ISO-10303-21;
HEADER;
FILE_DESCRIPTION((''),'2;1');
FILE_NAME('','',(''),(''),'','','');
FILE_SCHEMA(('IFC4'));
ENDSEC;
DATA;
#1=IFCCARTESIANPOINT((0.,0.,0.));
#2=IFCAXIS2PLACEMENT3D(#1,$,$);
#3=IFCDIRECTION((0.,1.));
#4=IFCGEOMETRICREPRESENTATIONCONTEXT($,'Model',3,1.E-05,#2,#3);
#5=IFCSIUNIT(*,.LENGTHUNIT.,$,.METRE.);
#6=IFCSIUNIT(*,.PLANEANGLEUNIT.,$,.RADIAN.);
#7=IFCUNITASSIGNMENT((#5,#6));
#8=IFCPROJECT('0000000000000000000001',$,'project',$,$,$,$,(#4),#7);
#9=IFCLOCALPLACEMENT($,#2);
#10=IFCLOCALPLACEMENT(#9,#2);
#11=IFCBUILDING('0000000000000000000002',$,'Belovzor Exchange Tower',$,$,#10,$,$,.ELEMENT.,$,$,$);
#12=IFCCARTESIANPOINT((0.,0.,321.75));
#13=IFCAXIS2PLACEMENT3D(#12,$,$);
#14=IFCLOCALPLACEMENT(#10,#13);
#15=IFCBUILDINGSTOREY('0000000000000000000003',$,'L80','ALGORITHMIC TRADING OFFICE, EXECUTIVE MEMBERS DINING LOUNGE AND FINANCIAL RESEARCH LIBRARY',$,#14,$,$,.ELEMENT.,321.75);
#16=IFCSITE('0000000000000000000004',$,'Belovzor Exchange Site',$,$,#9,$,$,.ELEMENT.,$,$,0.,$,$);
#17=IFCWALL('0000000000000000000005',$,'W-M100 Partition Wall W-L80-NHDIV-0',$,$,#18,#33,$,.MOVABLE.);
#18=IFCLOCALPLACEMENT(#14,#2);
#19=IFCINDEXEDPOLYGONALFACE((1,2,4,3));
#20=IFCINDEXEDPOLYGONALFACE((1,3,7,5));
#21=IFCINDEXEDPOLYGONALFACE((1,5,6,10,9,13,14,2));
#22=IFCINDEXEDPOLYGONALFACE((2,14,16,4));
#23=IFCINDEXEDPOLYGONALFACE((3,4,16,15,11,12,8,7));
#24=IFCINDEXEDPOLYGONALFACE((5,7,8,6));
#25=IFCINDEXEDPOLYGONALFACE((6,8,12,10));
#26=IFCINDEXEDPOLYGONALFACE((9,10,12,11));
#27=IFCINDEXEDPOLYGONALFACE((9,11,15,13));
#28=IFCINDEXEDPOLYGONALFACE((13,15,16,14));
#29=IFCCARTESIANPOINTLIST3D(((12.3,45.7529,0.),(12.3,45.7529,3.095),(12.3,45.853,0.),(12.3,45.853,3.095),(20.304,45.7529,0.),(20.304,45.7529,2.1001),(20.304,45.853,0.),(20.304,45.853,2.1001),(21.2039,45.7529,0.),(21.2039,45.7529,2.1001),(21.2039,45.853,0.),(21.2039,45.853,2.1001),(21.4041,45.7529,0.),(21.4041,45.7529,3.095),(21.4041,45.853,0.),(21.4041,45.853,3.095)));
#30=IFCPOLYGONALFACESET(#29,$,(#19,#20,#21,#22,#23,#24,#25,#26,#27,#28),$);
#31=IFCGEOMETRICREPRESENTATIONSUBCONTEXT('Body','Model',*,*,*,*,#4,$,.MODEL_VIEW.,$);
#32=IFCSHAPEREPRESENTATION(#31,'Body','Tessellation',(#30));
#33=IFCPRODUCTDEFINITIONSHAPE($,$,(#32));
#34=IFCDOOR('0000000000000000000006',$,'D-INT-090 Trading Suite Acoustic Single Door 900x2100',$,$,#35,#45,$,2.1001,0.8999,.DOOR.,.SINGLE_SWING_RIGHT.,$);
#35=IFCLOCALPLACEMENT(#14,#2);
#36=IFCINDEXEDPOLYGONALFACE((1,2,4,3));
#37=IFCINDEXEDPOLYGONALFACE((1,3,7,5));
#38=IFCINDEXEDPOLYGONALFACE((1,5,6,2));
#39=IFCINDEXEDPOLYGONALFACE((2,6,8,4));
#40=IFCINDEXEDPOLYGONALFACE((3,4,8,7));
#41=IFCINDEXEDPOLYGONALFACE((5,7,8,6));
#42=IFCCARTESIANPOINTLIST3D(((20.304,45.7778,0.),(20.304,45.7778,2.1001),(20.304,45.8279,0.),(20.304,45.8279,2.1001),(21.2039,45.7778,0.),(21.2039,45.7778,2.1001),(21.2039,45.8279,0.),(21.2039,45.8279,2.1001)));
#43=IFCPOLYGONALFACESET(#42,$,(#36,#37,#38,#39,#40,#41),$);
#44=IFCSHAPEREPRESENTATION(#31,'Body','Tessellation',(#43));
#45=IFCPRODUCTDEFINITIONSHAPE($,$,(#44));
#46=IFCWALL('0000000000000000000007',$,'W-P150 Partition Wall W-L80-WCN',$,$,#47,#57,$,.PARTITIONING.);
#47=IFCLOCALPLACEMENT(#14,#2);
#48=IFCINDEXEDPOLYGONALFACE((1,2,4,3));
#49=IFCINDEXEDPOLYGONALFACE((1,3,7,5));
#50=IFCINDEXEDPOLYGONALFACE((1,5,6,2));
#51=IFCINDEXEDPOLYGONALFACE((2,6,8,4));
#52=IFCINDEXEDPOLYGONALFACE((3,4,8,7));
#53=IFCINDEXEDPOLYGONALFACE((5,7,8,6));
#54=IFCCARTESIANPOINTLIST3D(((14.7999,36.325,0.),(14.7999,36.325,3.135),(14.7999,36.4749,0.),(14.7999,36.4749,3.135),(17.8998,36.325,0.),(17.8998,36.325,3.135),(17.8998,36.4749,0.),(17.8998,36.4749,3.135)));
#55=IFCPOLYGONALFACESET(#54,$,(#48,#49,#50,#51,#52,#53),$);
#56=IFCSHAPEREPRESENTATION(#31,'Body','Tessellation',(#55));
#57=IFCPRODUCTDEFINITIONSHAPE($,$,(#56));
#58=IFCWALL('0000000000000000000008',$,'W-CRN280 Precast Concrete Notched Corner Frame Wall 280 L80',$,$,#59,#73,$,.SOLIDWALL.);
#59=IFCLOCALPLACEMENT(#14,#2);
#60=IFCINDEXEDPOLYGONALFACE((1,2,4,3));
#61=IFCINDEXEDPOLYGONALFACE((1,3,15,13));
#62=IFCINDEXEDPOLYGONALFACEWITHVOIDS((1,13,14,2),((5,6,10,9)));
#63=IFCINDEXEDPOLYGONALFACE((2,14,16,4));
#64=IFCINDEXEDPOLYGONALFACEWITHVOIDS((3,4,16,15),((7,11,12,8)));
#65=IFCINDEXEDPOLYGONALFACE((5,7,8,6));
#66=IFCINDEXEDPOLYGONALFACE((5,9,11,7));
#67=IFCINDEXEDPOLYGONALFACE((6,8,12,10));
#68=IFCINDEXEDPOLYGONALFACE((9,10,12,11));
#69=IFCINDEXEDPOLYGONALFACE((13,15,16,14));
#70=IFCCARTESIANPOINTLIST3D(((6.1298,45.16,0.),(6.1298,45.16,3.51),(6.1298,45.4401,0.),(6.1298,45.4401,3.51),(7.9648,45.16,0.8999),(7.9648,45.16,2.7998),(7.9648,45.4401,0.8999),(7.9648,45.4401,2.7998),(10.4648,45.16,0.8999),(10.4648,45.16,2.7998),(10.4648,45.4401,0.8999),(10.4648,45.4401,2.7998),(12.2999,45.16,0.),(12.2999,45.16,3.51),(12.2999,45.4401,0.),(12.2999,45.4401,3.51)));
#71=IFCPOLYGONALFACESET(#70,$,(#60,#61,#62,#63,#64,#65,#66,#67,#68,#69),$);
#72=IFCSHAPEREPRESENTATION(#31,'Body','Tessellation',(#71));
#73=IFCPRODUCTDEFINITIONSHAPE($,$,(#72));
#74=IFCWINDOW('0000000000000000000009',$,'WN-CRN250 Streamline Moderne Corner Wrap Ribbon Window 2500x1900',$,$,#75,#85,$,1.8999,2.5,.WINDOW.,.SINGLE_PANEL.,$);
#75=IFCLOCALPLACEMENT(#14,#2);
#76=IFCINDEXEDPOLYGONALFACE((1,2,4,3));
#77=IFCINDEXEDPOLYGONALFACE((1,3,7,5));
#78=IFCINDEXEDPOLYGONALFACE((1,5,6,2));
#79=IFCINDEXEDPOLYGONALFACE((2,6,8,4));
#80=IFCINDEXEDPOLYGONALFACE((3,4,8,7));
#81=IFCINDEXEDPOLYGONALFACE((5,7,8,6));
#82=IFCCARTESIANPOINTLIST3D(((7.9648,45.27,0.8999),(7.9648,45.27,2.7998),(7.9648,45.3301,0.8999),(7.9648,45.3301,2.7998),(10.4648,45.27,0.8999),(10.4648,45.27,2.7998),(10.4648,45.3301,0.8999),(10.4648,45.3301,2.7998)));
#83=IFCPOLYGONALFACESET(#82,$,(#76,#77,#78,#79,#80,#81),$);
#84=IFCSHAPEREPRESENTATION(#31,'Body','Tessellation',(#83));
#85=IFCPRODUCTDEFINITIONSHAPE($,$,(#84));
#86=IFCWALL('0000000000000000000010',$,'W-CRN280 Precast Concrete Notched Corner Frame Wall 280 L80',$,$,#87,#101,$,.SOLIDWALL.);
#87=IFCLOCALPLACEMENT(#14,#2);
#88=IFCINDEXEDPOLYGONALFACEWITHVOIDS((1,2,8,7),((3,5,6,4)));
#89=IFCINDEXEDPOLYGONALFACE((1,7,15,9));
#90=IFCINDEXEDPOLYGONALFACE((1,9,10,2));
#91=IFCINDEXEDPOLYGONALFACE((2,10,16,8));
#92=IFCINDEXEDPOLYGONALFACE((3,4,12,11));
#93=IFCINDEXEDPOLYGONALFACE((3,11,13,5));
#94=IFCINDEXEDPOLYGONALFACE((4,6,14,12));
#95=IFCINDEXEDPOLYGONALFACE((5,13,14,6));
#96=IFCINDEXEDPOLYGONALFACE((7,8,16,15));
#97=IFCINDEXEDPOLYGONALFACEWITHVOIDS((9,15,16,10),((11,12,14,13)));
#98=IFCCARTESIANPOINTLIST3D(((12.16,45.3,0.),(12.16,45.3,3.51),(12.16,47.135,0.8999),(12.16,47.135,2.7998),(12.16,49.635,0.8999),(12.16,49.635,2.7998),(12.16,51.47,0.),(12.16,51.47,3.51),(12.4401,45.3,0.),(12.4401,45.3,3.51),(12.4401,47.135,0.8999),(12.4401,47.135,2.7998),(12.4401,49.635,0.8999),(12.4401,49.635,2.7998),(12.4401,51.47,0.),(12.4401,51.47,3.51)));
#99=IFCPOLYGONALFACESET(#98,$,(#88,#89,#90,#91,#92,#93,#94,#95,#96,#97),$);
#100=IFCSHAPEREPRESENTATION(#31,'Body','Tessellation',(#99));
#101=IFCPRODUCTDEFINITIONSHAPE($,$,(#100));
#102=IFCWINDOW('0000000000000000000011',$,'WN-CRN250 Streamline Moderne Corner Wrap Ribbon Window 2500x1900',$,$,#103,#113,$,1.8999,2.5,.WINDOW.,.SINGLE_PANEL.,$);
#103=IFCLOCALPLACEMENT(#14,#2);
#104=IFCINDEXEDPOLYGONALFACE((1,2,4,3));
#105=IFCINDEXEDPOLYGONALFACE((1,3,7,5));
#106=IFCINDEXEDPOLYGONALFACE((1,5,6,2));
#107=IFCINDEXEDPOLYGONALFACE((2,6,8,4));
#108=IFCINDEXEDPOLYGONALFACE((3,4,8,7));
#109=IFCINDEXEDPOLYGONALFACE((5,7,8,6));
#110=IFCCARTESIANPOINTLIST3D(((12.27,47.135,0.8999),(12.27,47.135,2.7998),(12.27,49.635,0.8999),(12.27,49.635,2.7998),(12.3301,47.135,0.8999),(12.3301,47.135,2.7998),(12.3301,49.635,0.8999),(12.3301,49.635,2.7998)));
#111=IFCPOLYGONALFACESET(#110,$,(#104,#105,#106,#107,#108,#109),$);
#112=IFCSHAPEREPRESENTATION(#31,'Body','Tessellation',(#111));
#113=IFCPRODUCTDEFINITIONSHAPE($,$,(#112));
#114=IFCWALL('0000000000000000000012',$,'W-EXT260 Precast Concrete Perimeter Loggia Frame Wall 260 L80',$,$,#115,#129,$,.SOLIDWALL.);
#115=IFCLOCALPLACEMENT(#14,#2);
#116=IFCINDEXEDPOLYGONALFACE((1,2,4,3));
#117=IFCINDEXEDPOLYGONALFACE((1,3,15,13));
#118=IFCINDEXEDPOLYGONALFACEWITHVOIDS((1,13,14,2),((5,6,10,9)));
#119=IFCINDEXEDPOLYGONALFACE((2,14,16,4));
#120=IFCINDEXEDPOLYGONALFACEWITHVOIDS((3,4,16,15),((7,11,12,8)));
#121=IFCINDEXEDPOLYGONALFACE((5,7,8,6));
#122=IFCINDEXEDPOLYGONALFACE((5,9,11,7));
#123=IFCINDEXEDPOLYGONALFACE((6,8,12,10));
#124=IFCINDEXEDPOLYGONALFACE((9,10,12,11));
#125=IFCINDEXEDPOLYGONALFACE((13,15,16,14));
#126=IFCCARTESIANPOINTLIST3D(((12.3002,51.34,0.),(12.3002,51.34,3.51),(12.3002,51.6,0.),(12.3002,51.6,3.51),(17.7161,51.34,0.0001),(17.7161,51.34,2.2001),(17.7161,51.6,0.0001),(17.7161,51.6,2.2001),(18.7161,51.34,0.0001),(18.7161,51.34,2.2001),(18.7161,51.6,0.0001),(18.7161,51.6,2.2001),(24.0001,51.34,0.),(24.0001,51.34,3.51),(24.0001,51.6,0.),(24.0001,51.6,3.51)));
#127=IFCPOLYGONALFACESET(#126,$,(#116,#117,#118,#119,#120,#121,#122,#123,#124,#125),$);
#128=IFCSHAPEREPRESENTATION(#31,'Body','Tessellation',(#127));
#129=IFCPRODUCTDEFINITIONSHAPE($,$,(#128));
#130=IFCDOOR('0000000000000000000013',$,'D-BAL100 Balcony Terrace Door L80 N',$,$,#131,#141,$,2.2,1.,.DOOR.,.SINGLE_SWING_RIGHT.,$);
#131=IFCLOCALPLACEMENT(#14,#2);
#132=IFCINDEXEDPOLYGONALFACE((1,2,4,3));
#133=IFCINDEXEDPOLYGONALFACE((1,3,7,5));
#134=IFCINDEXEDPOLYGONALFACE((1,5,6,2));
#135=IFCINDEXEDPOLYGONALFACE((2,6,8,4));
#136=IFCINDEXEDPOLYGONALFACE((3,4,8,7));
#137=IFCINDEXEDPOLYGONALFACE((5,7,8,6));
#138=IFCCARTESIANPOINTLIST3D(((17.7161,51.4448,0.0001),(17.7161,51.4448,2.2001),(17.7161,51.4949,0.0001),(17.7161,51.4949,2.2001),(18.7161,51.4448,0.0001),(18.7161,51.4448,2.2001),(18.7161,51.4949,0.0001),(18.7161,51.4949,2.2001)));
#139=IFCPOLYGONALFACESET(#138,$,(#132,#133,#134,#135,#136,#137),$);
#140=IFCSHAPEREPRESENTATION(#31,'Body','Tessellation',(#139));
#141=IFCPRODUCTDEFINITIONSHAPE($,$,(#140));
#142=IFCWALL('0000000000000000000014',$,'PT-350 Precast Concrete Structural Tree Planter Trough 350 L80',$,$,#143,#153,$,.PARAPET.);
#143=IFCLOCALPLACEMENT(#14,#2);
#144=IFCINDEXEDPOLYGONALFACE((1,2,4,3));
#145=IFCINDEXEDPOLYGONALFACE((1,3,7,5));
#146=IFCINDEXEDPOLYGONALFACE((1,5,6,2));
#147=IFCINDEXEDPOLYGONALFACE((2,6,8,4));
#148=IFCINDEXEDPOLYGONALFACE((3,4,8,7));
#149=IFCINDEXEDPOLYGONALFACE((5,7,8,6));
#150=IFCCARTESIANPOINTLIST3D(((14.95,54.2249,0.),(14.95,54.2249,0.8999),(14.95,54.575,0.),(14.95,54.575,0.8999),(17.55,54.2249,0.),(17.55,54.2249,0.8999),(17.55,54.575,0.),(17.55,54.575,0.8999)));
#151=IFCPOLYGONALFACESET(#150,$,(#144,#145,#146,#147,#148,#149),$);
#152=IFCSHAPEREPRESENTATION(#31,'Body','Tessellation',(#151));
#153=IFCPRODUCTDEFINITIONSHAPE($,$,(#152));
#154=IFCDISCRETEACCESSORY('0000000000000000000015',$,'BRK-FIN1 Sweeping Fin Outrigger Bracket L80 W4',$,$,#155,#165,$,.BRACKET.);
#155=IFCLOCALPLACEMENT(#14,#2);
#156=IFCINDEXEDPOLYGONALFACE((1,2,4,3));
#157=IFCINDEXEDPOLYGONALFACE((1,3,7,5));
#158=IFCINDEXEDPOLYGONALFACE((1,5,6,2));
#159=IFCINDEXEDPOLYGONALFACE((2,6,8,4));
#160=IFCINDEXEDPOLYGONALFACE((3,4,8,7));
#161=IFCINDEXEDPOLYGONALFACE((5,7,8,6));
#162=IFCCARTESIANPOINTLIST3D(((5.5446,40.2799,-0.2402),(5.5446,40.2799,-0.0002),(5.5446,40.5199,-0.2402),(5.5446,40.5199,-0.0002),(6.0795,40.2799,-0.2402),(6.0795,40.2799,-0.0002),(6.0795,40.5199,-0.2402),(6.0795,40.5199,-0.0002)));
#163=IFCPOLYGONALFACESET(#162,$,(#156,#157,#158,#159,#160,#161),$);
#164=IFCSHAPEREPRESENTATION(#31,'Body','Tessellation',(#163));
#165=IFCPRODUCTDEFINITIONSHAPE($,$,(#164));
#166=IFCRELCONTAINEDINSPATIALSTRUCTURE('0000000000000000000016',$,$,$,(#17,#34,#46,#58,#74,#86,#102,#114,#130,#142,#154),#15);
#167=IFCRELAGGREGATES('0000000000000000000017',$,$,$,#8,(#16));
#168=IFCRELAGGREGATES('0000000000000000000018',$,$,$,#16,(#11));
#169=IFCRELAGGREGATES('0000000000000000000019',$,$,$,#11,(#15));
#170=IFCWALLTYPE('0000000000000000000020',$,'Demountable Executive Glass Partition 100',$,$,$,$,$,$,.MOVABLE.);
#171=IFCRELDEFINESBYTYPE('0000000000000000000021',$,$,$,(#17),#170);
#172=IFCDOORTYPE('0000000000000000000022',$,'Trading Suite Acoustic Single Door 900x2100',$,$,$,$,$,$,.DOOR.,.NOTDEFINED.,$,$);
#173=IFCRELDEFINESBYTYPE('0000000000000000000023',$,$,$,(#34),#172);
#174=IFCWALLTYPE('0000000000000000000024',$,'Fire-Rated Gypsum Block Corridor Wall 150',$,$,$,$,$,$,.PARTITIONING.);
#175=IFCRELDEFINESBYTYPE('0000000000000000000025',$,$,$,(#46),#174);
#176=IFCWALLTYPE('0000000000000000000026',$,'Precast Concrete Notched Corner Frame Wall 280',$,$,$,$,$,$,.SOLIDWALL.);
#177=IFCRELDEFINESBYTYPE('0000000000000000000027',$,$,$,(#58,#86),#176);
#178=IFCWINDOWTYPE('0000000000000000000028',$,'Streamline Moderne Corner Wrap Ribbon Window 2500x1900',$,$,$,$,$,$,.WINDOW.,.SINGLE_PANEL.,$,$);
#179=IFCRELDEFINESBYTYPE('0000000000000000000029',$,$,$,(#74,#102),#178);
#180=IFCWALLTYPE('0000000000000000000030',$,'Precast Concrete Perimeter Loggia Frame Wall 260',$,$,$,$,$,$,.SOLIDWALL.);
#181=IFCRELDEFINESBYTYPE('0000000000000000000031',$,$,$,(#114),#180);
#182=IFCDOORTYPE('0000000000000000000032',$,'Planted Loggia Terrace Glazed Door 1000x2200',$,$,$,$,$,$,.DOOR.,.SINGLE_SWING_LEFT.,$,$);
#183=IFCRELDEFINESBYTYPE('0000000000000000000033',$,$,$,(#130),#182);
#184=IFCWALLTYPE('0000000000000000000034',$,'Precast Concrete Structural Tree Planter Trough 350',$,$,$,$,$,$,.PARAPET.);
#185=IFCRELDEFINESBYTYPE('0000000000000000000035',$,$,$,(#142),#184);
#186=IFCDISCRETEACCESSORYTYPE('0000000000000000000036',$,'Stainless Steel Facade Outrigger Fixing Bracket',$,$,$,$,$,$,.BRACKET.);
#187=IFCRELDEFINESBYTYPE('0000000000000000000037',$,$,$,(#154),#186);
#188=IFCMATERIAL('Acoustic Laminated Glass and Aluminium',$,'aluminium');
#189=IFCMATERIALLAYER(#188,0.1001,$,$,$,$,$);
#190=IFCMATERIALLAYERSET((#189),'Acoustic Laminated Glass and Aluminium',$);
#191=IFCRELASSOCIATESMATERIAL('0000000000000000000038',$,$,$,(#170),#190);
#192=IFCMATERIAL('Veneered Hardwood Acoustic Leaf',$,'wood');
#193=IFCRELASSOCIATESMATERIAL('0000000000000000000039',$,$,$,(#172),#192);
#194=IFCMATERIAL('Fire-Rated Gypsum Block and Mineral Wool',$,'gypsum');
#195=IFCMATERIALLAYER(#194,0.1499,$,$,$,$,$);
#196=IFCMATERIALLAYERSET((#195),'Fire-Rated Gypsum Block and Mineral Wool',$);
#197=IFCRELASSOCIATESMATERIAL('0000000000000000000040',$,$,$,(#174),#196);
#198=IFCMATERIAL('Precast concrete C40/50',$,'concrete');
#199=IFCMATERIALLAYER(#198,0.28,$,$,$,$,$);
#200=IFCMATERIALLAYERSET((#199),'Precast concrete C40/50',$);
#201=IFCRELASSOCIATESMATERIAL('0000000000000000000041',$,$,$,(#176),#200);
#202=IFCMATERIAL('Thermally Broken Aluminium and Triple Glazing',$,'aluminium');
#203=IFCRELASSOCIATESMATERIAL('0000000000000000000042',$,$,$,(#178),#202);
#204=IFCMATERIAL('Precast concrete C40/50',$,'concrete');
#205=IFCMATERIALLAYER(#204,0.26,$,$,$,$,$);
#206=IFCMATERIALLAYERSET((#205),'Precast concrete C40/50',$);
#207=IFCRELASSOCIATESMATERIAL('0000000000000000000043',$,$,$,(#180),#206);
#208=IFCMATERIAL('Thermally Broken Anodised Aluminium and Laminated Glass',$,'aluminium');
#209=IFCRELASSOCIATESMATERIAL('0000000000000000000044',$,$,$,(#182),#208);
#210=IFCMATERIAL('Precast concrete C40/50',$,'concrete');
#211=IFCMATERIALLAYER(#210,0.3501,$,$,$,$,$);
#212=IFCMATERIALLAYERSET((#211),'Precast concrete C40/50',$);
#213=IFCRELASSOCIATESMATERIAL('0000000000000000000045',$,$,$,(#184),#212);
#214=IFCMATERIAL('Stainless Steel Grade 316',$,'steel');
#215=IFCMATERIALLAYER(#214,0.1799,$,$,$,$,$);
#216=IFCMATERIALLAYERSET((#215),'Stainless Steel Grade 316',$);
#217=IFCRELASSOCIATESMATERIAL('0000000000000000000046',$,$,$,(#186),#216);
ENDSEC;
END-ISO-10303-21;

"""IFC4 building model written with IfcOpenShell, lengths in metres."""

from ifc_helpers import new_model, si_unit, direction, frame, frame_2d, origin, origin_2d, place, context, subcontext, project, spatial, rectangle, extrude, material, layer, layer_set, type_object, element, fill, save


model = new_model("IFC4")

# Units and contexts
model_context = context("Model", 3, precision=1e-05, world=origin(), true_north=direction((0.0, 1.0)))
body_context = subcontext(model_context, "Body", "Model", "MODEL_VIEW")
ifc_project = project(units=[si_unit("LENGTHUNIT", "METRE"), si_unit("PLANEANGLEUNIT", "RADIAN")], contexts=[model_context])

# Site, building, storey
site_placement = place(None, origin())
site = spatial("IfcSite", under=ifc_project, at=site_placement, Name="Belovzor Exchange Site", CompositionType="ELEMENT", RefElevation=0.0)
building_placement = place(site_placement, origin())
building = spatial("IfcBuilding", under=site, at=building_placement, Name="Belovzor Exchange Tower", CompositionType="ELEMENT")
storey_placement = place(building_placement, frame((0.0, 0.0, 321.75)))
storey = spatial("IfcBuildingStorey", under=building, at=storey_placement, Name="L80", Description="ALGORITHMIC TRADING OFFICE, EXECUTIVE MEMBERS DINING LOUNGE AND FINANCIAL RESEARCH LIBRARY", CompositionType="ELEMENT", Elevation=321.75)

# Wall, opening, door
ifc_material_1 = material(Name="Acoustic Laminated Glass and Aluminium", Category="aluminium")
ifc_layer_1 = layer(ifc_material_1, 0.1001)
ifc_layer_set_1 = layer_set([ifc_layer_1], Name="Acoustic Laminated Glass and Aluminium")
wall_type_1 = type_object("IfcWallType", Name="Demountable Executive Glass Partition 100", PredefinedType="MOVABLE", material=ifc_layer_set_1)
wall_1_placement = place(storey_placement, frame((12.3, 45.803, 0.0), z_axis=(0.0, 0.0, 1.0), x_axis=(1.0, 0.0, 0.0)))
wall_1 = element("IfcWall", 1, at=wall_1_placement, inside=storey, type_object=wall_type_1, Name="W-M100 Partition Wall W-L80-NHDIV-0", PredefinedType="MOVABLE", context=body_context, shape_type="SweptSolid", body=[
    extrude(rectangle(XDim=9.104, YDim=0.1001, at=frame_2d((4.552, 0.0))), origin(), (0.0, 0.0, 1.0), 3.095),
])
opening_1_placement = place(wall_1_placement, frame((8.0039, 0.0, 0.0)))
opening_1 = element("IfcOpeningElement", 2, at=opening_1_placement, cuts=wall_1, PredefinedType="OPENING", context=body_context, shape_type="SweptSolid", body=[
    extrude(rectangle(XDim=0.8999, YDim=2.1001, at=frame_2d((0.45, 1.05))), frame((0.0, 0.0601, 0.0), z_axis=(0.0, -1.0, 0.0), x_axis=(1.0, 0.0, 0.0)), (0.0, 0.0, 1.0), 0.1201),
])
ifc_material_2 = material(Name="Veneered Hardwood Acoustic Leaf", Category="wood")
door_type_1 = type_object("IfcDoorType", Name="Trading Suite Acoustic Single Door 900x2100", OperationType="NOTDEFINED", PredefinedType="DOOR", material=ifc_material_2)
door_1_placement = place(opening_1_placement, origin())
door_1 = element("IfcDoor", 3, at=door_1_placement, inside=storey, type_object=door_type_1, Name="D-INT-090 Trading Suite Acoustic Single Door 900x2100", OperationType="SINGLE_SWING_RIGHT", OverallHeight=2.1001, OverallWidth=0.8999, PredefinedType="DOOR", context=body_context, shape_type="SweptSolid", body=[
    extrude(rectangle(XDim=0.8999, YDim=2.1001, at=frame_2d((0.45, 1.05))), frame((0.0, 0.0249, 0.0), z_axis=(0.0, -1.0, 0.0), x_axis=(1.0, 0.0, 0.0)), (0.0, 0.0, 1.0), 0.05),
])
fill(opening_1, door_1)

# Wall
ifc_material_3 = material(Name="Fire-Rated Gypsum Block and Mineral Wool", Category="gypsum")
ifc_layer_2 = layer(ifc_material_3, 0.1499)
ifc_layer_set_2 = layer_set([ifc_layer_2], Name="Fire-Rated Gypsum Block and Mineral Wool")
wall_type_2 = type_object("IfcWallType", Name="Fire-Rated Gypsum Block Corridor Wall 150", PredefinedType="PARTITIONING", material=ifc_layer_set_2)
wall_2_placement = place(storey_placement, frame((14.8, 36.3999, 0.0), z_axis=(0.0, 0.0, 1.0), x_axis=(1.0, 0.0, 0.0)))
element("IfcWall", 4, at=wall_2_placement, inside=storey, type_object=wall_type_2, Name="W-P150 Partition Wall W-L80-WCN", PredefinedType="PARTITIONING", context=body_context, shape_type="SweptSolid", body=[
    extrude(rectangle(XDim=3.0999, YDim=0.1499, at=frame_2d((1.5498, 0.0))), origin(), (0.0, 0.0, 1.0), 3.135),
])

# Walls, openings, windows
ifc_material_4 = material(Name="Precast concrete C40/50", Category="concrete")
ifc_layer_3 = layer(ifc_material_4, 0.28)
ifc_layer_set_3 = layer_set([ifc_layer_3], Name="Precast concrete C40/50")
wall_type_3 = type_object("IfcWallType", Name="Precast Concrete Notched Corner Frame Wall 280", PredefinedType="SOLIDWALL", material=ifc_layer_set_3)
wall_3_placement = place(storey_placement, frame((6.1299, 45.3, 0.0), z_axis=(0.0, 0.0, 1.0), x_axis=(1.0, 0.0, 0.0)))
wall_3 = element("IfcWall", 5, at=wall_3_placement, inside=storey, type_object=wall_type_3, Name="W-CRN280 Precast Concrete Notched Corner Frame Wall 280 L80", PredefinedType="SOLIDWALL", context=body_context, shape_type="SweptSolid", body=[
    extrude(rectangle(XDim=6.1702, YDim=0.28, at=frame_2d((3.085, 0.0))), origin(), (0.0, 0.0, 1.0), 3.51),
])
opening_2_placement = place(wall_3_placement, frame((1.835, 0.0, 0.8999)))
opening_2 = element("IfcOpeningElement", 6, at=opening_2_placement, cuts=wall_3, PredefinedType="OPENING", context=body_context, shape_type="SweptSolid", body=[
    extrude(rectangle(XDim=2.5, YDim=1.8999, at=frame_2d((1.25, 0.95))), frame((0.0, 0.1499, 0.0), z_axis=(0.0, -1.0, 0.0), x_axis=(1.0, 0.0, 0.0)), (0.0, 0.0, 1.0), 0.3),
])
ifc_material_5 = material(Name="Thermally Broken Aluminium and Triple Glazing", Category="aluminium")
window_type = type_object("IfcWindowType", Name="Streamline Moderne Corner Wrap Ribbon Window 2500x1900", PartitioningType="SINGLE_PANEL", PredefinedType="WINDOW", material=ifc_material_5)
window_1_placement = place(opening_2_placement, origin())
window_1 = element("IfcWindow", 7, at=window_1_placement, inside=storey, type_object=window_type, Name="WN-CRN250 Streamline Moderne Corner Wrap Ribbon Window 2500x1900", OverallHeight=1.8999, OverallWidth=2.5, PartitioningType="SINGLE_PANEL", PredefinedType="WINDOW", context=body_context, shape_type="SweptSolid", body=[
    extrude(rectangle(XDim=2.5, YDim=1.8999, at=frame_2d((1.25, 0.95))), frame((0.0, 0.03, 0.0), z_axis=(0.0, -1.0, 0.0), x_axis=(1.0, 0.0, 0.0)), (0.0, 0.0, 1.0), 0.0601),
])
fill(opening_2, window_1)
wall_4_placement = place(storey_placement, frame((12.3, 45.3, 0.0), z_axis=(0.0, 0.0, 1.0), x_axis=(0.0, 1.0, 0.0)))
wall_4 = element("IfcWall", 8, at=wall_4_placement, inside=storey, type_object=wall_type_3, Name="W-CRN280 Precast Concrete Notched Corner Frame Wall 280 L80", PredefinedType="SOLIDWALL", context=body_context, shape_type="SweptSolid", body=[
    extrude(rectangle(XDim=6.1699, YDim=0.28, at=frame_2d((3.085, 0.0))), origin(), (0.0, 0.0, 1.0), 3.51),
])
opening_3_placement = place(wall_4_placement, frame((1.835, 0.0, 0.8999)))
opening_3 = element("IfcOpeningElement", 9, at=opening_3_placement, cuts=wall_4, PredefinedType="OPENING", context=body_context, shape_type="SweptSolid", body=[
    extrude(rectangle(XDim=2.5, YDim=1.8999, at=frame_2d((1.25, 0.95))), frame((0.0, 0.1499, 0.0), z_axis=(0.0, -1.0, 0.0), x_axis=(1.0, 0.0, 0.0)), (0.0, 0.0, 1.0), 0.3),
])
window_2_placement = place(opening_3_placement, origin())
window_2 = element("IfcWindow", 10, at=window_2_placement, inside=storey, type_object=window_type, Name="WN-CRN250 Streamline Moderne Corner Wrap Ribbon Window 2500x1900", OverallHeight=1.8999, OverallWidth=2.5, PartitioningType="SINGLE_PANEL", PredefinedType="WINDOW", context=body_context, shape_type="SweptSolid", body=[
    extrude(rectangle(XDim=2.5, YDim=1.8999, at=frame_2d((1.25, 0.95))), frame((0.0, 0.03, 0.0), z_axis=(0.0, -1.0, 0.0), x_axis=(1.0, 0.0, 0.0)), (0.0, 0.0, 1.0), 0.0601),
])
fill(opening_3, window_2)

# Wall, opening, door
ifc_material_6 = material(Name="Precast concrete C40/50", Category="concrete")
ifc_layer_4 = layer(ifc_material_6, 0.26)
ifc_layer_set_4 = layer_set([ifc_layer_4], Name="Precast concrete C40/50")
wall_type_4 = type_object("IfcWallType", Name="Precast Concrete Perimeter Loggia Frame Wall 260", PredefinedType="SOLIDWALL", material=ifc_layer_set_4)
wall_5_placement = place(storey_placement, frame((12.3, 51.47, 0.0), z_axis=(0.0, 0.0, 1.0), x_axis=(1.0, 0.0, 0.0)))
wall_5 = element("IfcWall", 11, at=wall_5_placement, inside=storey, type_object=wall_type_4, Name="W-EXT260 Precast Concrete Perimeter Loggia Frame Wall 260 L80", PredefinedType="SOLIDWALL", context=body_context, shape_type="SweptSolid", body=[
    extrude(rectangle(XDim=11.7, YDim=0.26, at=frame_2d((5.8501, 0.0))), origin(), (0.0, 0.0, 1.0), 3.51),
])
opening_4_placement = place(wall_5_placement, frame((5.416, 0.0, 0.0)))
opening_4 = element("IfcOpeningElement", 12, at=opening_4_placement, cuts=wall_5, PredefinedType="OPENING", context=body_context, shape_type="SweptSolid", body=[
    extrude(rectangle(XDim=1.0, YDim=2.2, at=frame_2d((0.5, 1.1001))), frame((0.0, 0.1399, 0.0), z_axis=(0.0, -1.0, 0.0), x_axis=(1.0, 0.0, 0.0)), (0.0, 0.0, 1.0), 0.28),
])
ifc_material_7 = material(Name="Thermally Broken Anodised Aluminium and Laminated Glass", Category="aluminium")
door_type_2 = type_object("IfcDoorType", Name="Planted Loggia Terrace Glazed Door 1000x2200", OperationType="SINGLE_SWING_LEFT", PredefinedType="DOOR", material=ifc_material_7)
door_2_placement = place(opening_4_placement, origin())
door_2 = element("IfcDoor", 13, at=door_2_placement, inside=storey, type_object=door_type_2, Name="D-BAL100 Balcony Terrace Door L80 N", OperationType="SINGLE_SWING_RIGHT", OverallHeight=2.2, OverallWidth=1.0, PredefinedType="DOOR", context=body_context, shape_type="SweptSolid", body=[
    extrude(rectangle(XDim=1.0, YDim=2.2, at=frame_2d((0.5, 1.1001))), frame((0.0, 0.0249, 0.0), z_axis=(0.0, -1.0, 0.0), x_axis=(1.0, 0.0, 0.0)), (0.0, 0.0, 1.0), 0.05),
])
fill(opening_4, door_2)

# Wall
ifc_material_8 = material(Name="Precast concrete C40/50", Category="concrete")
ifc_layer_5 = layer(ifc_material_8, 0.3501)
ifc_layer_set_5 = layer_set([ifc_layer_5], Name="Precast concrete C40/50")
wall_type_5 = type_object("IfcWallType", Name="Precast Concrete Structural Tree Planter Trough 350", PredefinedType="PARAPET", material=ifc_layer_set_5)
wall_6_placement = place(storey_placement, frame((14.95, 54.3999, 0.0), z_axis=(0.0, 0.0, 1.0), x_axis=(1.0, 0.0, 0.0)))
element("IfcWall", 14, at=wall_6_placement, inside=storey, type_object=wall_type_5, Name="PT-350 Precast Concrete Structural Tree Planter Trough 350 L80", PredefinedType="PARAPET", context=body_context, shape_type="SweptSolid", body=[
    extrude(rectangle(XDim=2.6001, YDim=0.3501, at=frame_2d((1.3, 0.0))), origin(), (0.0, 0.0, 1.0), 0.8999),
])

# Discrete accessory
ifc_material_9 = material(Name="Stainless Steel Grade 316", Category="steel")
ifc_layer_6 = layer(ifc_material_9, 0.1799)
ifc_layer_set_6 = layer_set([ifc_layer_6], Name="Stainless Steel Grade 316")
discrete_accessory_type = type_object("IfcDiscreteAccessoryType", Name="Stainless Steel Facade Outrigger Fixing Bracket", PredefinedType="BRACKET", material=ifc_layer_set_6)
discrete_accessory_placement = place(storey_placement, frame((5.812, 40.3999, -0.2402), z_axis=(0.0, 0.0, 1.0), x_axis=(1.0, 0.0, 0.0)))
element("IfcDiscreteAccessory", 15, at=discrete_accessory_placement, inside=storey, type_object=discrete_accessory_type, Name="BRK-FIN1 Sweeping Fin Outrigger Bracket L80 W4", PredefinedType="BRACKET", context=body_context, shape_type="SweptSolid", body=[
    extrude(rectangle(XDim=0.5349, YDim=0.24, at=origin_2d()), origin(), (0.0, 0.0, 1.0), 0.24),
])

save(model, "model.ifc")
